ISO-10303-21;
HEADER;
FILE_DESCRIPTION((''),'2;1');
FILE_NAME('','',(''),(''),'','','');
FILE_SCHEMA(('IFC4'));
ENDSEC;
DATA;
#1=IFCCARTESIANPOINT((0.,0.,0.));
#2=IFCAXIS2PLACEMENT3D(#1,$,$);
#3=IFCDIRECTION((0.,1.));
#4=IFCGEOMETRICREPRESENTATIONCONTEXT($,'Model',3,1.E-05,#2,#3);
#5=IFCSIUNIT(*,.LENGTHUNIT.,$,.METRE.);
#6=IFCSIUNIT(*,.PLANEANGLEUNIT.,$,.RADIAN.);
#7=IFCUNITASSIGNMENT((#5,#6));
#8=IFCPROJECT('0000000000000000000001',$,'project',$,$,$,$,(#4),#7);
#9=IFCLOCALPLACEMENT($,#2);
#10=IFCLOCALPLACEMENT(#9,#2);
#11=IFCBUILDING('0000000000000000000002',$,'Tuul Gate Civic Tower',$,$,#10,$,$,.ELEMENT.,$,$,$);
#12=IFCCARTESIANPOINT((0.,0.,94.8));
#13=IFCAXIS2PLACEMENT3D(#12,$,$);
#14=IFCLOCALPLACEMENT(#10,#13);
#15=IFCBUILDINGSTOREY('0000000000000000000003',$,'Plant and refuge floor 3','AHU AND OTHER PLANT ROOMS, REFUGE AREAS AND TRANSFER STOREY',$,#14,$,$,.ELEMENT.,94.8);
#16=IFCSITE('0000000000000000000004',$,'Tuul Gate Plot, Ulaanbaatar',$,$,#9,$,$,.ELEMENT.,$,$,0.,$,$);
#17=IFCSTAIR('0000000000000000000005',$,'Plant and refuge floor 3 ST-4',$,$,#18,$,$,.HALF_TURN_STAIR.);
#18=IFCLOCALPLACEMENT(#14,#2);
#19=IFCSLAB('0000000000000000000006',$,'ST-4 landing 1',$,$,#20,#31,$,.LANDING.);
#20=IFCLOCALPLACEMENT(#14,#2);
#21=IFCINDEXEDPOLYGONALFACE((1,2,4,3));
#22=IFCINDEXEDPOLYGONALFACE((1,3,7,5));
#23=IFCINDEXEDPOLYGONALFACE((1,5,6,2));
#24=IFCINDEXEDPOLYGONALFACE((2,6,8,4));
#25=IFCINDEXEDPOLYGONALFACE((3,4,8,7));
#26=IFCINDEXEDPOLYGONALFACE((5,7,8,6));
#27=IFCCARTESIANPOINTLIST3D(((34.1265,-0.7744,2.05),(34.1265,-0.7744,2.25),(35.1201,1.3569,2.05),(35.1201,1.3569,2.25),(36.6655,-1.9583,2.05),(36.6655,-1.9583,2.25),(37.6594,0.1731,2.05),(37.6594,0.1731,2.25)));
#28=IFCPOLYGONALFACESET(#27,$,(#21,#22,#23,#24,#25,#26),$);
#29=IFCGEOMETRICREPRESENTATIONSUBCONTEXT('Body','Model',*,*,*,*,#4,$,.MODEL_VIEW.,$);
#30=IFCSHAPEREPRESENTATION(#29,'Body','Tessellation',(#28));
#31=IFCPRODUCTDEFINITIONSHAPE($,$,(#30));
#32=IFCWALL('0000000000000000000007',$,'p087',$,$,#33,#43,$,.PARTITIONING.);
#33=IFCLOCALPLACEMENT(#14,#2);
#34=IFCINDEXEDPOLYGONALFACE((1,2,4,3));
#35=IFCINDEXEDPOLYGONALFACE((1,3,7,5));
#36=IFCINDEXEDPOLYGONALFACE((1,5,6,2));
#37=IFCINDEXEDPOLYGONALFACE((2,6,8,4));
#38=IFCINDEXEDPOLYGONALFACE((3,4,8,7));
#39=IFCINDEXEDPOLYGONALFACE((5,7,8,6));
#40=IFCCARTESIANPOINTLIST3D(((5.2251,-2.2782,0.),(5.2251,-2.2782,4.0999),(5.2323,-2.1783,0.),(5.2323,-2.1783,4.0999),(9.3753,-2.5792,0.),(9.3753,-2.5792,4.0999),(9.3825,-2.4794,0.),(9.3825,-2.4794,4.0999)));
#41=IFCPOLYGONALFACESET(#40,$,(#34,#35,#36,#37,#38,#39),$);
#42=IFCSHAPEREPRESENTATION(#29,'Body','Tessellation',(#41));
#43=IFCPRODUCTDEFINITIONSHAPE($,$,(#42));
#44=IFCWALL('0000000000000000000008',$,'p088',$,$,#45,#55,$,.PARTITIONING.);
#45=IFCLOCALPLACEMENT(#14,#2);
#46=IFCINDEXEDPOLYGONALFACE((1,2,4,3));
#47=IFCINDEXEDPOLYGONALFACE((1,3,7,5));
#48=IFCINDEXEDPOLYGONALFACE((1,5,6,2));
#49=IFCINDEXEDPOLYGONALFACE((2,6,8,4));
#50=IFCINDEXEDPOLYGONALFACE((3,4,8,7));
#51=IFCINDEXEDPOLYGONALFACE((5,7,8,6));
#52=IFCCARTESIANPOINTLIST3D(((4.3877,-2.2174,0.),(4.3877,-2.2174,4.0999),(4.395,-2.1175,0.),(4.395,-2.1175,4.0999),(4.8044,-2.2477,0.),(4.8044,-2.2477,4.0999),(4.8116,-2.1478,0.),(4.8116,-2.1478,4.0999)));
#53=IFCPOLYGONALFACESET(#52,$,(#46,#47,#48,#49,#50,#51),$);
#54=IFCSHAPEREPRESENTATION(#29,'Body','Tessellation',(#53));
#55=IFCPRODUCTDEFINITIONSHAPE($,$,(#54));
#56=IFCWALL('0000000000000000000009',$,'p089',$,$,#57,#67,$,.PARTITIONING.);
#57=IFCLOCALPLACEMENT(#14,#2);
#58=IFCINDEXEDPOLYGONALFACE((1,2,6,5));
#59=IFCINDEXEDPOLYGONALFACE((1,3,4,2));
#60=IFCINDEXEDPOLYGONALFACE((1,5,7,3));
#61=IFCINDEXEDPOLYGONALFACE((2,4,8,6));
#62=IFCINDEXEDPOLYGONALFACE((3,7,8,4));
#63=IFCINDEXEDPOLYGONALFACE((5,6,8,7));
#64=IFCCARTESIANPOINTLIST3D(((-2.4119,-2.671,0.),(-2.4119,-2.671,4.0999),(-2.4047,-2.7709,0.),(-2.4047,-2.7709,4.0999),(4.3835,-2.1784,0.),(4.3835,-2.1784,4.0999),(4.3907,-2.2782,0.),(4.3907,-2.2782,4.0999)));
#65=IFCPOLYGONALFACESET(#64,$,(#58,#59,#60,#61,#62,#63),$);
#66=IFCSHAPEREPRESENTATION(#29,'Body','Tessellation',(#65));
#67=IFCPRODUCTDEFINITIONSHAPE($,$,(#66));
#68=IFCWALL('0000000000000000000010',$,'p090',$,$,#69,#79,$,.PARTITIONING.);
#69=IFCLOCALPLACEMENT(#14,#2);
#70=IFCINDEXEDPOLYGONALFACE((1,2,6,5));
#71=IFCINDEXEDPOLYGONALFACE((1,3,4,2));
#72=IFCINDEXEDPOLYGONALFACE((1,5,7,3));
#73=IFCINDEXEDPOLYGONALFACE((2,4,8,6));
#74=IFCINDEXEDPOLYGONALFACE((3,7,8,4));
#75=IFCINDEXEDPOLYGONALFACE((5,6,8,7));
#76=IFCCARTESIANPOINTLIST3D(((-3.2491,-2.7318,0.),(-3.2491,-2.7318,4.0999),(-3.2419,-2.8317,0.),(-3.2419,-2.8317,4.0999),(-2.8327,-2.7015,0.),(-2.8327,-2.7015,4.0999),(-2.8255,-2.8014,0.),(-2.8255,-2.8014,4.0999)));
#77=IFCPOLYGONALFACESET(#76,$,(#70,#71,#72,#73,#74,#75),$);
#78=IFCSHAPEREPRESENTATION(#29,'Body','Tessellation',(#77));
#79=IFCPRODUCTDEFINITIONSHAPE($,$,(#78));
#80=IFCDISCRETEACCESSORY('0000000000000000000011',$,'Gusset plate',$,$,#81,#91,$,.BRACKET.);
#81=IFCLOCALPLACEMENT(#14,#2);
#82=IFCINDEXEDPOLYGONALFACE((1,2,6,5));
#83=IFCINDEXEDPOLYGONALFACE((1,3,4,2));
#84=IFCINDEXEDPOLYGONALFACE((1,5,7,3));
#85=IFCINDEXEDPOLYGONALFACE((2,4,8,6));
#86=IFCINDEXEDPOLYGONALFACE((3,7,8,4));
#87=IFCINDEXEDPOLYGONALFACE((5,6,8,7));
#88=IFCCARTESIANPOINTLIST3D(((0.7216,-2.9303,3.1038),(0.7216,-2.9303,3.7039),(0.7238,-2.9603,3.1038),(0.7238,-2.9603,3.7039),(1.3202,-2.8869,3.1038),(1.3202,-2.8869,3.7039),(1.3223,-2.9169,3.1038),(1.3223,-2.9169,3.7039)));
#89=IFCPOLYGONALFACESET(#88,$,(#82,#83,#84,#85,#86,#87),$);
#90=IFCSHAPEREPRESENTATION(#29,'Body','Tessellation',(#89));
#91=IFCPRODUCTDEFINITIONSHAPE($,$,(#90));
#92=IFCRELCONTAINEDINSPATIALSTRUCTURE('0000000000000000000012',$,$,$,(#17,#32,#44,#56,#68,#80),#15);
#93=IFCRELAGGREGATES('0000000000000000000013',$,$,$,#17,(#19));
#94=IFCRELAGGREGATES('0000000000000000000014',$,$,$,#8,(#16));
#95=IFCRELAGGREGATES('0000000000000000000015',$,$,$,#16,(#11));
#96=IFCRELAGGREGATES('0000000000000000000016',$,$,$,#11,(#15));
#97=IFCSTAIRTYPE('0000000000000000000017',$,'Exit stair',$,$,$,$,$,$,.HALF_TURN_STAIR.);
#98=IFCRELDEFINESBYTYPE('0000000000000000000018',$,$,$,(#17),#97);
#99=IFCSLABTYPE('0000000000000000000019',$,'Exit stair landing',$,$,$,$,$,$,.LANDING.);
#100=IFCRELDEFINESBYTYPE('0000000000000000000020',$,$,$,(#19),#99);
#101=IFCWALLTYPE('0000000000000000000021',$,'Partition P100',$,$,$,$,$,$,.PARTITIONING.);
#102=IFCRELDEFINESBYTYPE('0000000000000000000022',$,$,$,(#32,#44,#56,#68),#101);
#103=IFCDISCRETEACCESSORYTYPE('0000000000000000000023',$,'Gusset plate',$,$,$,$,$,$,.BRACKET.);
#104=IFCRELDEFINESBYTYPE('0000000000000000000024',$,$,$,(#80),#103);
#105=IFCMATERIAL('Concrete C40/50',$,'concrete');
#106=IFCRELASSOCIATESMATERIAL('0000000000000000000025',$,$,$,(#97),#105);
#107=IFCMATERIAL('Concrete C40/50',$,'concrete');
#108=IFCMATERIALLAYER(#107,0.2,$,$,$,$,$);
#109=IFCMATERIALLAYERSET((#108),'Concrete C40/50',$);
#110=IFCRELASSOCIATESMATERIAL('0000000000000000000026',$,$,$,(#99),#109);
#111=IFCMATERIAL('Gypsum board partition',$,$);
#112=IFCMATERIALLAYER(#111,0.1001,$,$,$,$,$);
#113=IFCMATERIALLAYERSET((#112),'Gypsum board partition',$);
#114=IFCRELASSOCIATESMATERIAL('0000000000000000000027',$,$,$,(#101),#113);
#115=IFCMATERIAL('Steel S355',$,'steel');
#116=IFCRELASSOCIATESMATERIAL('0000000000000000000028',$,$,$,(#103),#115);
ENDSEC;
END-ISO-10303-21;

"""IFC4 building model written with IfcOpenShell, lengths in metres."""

from ifc_helpers import new_model, si_unit, direction, frame, frame_2d, origin, origin_2d, place, context, subcontext, project, spatial, polyline, rectangle, outline, extrude, material, layer, layer_set, type_object, element, aggregate, save


model = new_model("IFC4")

# Units and contexts
model_context = context("Model", 3, precision=1e-05, world=origin(), true_north=direction((0.0, 1.0)))
body_context = subcontext(model_context, "Body", "Model", "MODEL_VIEW")
ifc_project = project(units=[si_unit("LENGTHUNIT", "METRE"), si_unit("PLANEANGLEUNIT", "RADIAN")], contexts=[model_context])

# Site, building, storey
site_placement = place(None, origin())
site = spatial("IfcSite", under=ifc_project, at=site_placement, Name="Tuul Gate Plot, Ulaanbaatar", CompositionType="ELEMENT", RefElevation=0.0)
building_placement = place(site_placement, origin())
building = spatial("IfcBuilding", under=site, at=building_placement, Name="Tuul Gate Civic Tower", CompositionType="ELEMENT")
storey_placement = place(building_placement, frame((0.0, 0.0, 94.8)))
storey = spatial("IfcBuildingStorey", under=building, at=storey_placement, Name="Plant and refuge floor 3", Description="AHU AND OTHER PLANT ROOMS, REFUGE AREAS AND TRANSFER STOREY", CompositionType="ELEMENT", Elevation=94.8)

# Stair, slab
ifc_material_1 = material(Name="Concrete C40/50", Category="concrete")
stair_type = type_object("IfcStairType", Name="Exit stair", PredefinedType="HALF_TURN_STAIR", material=ifc_material_1)
ifc_material_2 = material(Name="Concrete C40/50", Category="concrete")
ifc_layer_1 = layer(ifc_material_2, 0.2)
ifc_layer_set_1 = layer_set([ifc_layer_1], Name="Concrete C40/50")
slab_type_1 = type_object("IfcSlabType", Name="Exit stair landing", PredefinedType="LANDING", material=ifc_layer_set_1)
stair_1_placement = place(storey_placement, origin())
stair_1 = element("IfcStair", 1, at=stair_1_placement, inside=storey, type_object=stair_type, Name="Plant and refuge floor 3 ST-4", PredefinedType="HALF_TURN_STAIR")
slab_1_placement = place(storey_placement, frame((0.0, 0.0, 2.05)))
slab_1 = element("IfcSlab", 2, at=slab_1_placement, type_object=slab_type_1, Name="ST-4 landing 1", PredefinedType="LANDING", context=body_context, shape_type="SweptSolid", body=[
    extrude(outline(polyline([(36.6655, -1.9583), (34.1265, -0.7744), (35.1201, 1.3569), (37.6594, 0.1731), (36.6655, -1.9583)])), origin(), (0.0, 0.0, 1.0), 0.2),
])
aggregate(stair_1, [slab_1])

# Walls
ifc_material_3 = material(Name="Gypsum board partition")
ifc_layer_2 = layer(ifc_material_3, 0.1001)
ifc_layer_set_2 = layer_set([ifc_layer_2], Name="Gypsum board partition")
wall_type = type_object("IfcWallType", Name="Partition P100", PredefinedType="PARTITIONING", material=ifc_layer_set_2)
wall_1_placement = place(storey_placement, frame((9.3789, -2.5293, 0.0), z_axis=(0.0, 0.0, 1.0), x_axis=(-0.99738, 0.072344, 0.0)))
element("IfcWall", 3, at=wall_1_placement, inside=storey, type_object=wall_type, Name="p087", PredefinedType="PARTITIONING", context=body_context, shape_type="SweptSolid", body=[
    extrude(rectangle(XDim=4.1611, YDim=0.1001, at=frame_2d((2.0806, 0.0))), origin(), (0.0, 0.0, 1.0), 4.0999),
])
wall_2_placement = place(storey_placement, frame((4.8081, -2.1978, 0.0), z_axis=(0.0, 0.0, 1.0), x_axis=(-0.997369, 0.072493, 0.0)))
element("IfcWall", 4, at=wall_2_placement, inside=storey, type_object=wall_type, Name="p088", PredefinedType="PARTITIONING", context=body_context, shape_type="SweptSolid", body=[
    extrude(rectangle(XDim=0.4177, YDim=0.1001, at=frame_2d((0.209, 0.0))), origin(), (0.0, 0.0, 1.0), 4.0999),
])
wall_3_placement = place(storey_placement, frame((4.3872, -2.2283, 0.0), z_axis=(0.0, 0.0, 1.0), x_axis=(-0.997382, -0.072311, 0.0)))
element("IfcWall", 5, at=wall_3_placement, inside=storey, type_object=wall_type, Name="p089", PredefinedType="PARTITIONING", context=body_context, shape_type="SweptSolid", body=[
    extrude(rectangle(XDim=6.8132, YDim=0.1001, at=frame_2d((3.4067, 0.0))), origin(), (0.0, 0.0, 1.0), 4.0999),
])
wall_4_placement = place(storey_placement, frame((-2.8291, -2.7515, 0.0), z_axis=(0.0, 0.0, 1.0), x_axis=(-0.997366, -0.072536, 0.0)))
element("IfcWall", 6, at=wall_4_placement, inside=storey, type_object=wall_type, Name="p090", PredefinedType="PARTITIONING", context=body_context, shape_type="SweptSolid", body=[
    extrude(rectangle(XDim=0.4175, YDim=0.1001, at=frame_2d((0.2087, 0.0))), origin(), (0.0, 0.0, 1.0), 4.0999),
])

# Discrete accessory
ifc_material_4 = material(Name="Steel S355", Category="steel")
discrete_accessory_type = type_object("IfcDiscreteAccessoryType", Name="Gusset plate", PredefinedType="BRACKET", material=ifc_material_4)
discrete_accessory_placement = place(storey_placement, frame((1.022, -2.9236, 3.1038), z_axis=(0.0, 0.0, 1.0), x_axis=(-0.997382, -0.072314, 0.0)))
element("IfcDiscreteAccessory", 7, at=discrete_accessory_placement, inside=storey, type_object=discrete_accessory_type, Name="Gusset plate", PredefinedType="BRACKET", context=body_context, shape_type="SweptSolid", body=[
    extrude(rectangle(XDim=0.6001, YDim=0.03, at=origin_2d()), origin(), (0.0, 0.0, 1.0), 0.6001),
])

save(model, "model.ifc")
